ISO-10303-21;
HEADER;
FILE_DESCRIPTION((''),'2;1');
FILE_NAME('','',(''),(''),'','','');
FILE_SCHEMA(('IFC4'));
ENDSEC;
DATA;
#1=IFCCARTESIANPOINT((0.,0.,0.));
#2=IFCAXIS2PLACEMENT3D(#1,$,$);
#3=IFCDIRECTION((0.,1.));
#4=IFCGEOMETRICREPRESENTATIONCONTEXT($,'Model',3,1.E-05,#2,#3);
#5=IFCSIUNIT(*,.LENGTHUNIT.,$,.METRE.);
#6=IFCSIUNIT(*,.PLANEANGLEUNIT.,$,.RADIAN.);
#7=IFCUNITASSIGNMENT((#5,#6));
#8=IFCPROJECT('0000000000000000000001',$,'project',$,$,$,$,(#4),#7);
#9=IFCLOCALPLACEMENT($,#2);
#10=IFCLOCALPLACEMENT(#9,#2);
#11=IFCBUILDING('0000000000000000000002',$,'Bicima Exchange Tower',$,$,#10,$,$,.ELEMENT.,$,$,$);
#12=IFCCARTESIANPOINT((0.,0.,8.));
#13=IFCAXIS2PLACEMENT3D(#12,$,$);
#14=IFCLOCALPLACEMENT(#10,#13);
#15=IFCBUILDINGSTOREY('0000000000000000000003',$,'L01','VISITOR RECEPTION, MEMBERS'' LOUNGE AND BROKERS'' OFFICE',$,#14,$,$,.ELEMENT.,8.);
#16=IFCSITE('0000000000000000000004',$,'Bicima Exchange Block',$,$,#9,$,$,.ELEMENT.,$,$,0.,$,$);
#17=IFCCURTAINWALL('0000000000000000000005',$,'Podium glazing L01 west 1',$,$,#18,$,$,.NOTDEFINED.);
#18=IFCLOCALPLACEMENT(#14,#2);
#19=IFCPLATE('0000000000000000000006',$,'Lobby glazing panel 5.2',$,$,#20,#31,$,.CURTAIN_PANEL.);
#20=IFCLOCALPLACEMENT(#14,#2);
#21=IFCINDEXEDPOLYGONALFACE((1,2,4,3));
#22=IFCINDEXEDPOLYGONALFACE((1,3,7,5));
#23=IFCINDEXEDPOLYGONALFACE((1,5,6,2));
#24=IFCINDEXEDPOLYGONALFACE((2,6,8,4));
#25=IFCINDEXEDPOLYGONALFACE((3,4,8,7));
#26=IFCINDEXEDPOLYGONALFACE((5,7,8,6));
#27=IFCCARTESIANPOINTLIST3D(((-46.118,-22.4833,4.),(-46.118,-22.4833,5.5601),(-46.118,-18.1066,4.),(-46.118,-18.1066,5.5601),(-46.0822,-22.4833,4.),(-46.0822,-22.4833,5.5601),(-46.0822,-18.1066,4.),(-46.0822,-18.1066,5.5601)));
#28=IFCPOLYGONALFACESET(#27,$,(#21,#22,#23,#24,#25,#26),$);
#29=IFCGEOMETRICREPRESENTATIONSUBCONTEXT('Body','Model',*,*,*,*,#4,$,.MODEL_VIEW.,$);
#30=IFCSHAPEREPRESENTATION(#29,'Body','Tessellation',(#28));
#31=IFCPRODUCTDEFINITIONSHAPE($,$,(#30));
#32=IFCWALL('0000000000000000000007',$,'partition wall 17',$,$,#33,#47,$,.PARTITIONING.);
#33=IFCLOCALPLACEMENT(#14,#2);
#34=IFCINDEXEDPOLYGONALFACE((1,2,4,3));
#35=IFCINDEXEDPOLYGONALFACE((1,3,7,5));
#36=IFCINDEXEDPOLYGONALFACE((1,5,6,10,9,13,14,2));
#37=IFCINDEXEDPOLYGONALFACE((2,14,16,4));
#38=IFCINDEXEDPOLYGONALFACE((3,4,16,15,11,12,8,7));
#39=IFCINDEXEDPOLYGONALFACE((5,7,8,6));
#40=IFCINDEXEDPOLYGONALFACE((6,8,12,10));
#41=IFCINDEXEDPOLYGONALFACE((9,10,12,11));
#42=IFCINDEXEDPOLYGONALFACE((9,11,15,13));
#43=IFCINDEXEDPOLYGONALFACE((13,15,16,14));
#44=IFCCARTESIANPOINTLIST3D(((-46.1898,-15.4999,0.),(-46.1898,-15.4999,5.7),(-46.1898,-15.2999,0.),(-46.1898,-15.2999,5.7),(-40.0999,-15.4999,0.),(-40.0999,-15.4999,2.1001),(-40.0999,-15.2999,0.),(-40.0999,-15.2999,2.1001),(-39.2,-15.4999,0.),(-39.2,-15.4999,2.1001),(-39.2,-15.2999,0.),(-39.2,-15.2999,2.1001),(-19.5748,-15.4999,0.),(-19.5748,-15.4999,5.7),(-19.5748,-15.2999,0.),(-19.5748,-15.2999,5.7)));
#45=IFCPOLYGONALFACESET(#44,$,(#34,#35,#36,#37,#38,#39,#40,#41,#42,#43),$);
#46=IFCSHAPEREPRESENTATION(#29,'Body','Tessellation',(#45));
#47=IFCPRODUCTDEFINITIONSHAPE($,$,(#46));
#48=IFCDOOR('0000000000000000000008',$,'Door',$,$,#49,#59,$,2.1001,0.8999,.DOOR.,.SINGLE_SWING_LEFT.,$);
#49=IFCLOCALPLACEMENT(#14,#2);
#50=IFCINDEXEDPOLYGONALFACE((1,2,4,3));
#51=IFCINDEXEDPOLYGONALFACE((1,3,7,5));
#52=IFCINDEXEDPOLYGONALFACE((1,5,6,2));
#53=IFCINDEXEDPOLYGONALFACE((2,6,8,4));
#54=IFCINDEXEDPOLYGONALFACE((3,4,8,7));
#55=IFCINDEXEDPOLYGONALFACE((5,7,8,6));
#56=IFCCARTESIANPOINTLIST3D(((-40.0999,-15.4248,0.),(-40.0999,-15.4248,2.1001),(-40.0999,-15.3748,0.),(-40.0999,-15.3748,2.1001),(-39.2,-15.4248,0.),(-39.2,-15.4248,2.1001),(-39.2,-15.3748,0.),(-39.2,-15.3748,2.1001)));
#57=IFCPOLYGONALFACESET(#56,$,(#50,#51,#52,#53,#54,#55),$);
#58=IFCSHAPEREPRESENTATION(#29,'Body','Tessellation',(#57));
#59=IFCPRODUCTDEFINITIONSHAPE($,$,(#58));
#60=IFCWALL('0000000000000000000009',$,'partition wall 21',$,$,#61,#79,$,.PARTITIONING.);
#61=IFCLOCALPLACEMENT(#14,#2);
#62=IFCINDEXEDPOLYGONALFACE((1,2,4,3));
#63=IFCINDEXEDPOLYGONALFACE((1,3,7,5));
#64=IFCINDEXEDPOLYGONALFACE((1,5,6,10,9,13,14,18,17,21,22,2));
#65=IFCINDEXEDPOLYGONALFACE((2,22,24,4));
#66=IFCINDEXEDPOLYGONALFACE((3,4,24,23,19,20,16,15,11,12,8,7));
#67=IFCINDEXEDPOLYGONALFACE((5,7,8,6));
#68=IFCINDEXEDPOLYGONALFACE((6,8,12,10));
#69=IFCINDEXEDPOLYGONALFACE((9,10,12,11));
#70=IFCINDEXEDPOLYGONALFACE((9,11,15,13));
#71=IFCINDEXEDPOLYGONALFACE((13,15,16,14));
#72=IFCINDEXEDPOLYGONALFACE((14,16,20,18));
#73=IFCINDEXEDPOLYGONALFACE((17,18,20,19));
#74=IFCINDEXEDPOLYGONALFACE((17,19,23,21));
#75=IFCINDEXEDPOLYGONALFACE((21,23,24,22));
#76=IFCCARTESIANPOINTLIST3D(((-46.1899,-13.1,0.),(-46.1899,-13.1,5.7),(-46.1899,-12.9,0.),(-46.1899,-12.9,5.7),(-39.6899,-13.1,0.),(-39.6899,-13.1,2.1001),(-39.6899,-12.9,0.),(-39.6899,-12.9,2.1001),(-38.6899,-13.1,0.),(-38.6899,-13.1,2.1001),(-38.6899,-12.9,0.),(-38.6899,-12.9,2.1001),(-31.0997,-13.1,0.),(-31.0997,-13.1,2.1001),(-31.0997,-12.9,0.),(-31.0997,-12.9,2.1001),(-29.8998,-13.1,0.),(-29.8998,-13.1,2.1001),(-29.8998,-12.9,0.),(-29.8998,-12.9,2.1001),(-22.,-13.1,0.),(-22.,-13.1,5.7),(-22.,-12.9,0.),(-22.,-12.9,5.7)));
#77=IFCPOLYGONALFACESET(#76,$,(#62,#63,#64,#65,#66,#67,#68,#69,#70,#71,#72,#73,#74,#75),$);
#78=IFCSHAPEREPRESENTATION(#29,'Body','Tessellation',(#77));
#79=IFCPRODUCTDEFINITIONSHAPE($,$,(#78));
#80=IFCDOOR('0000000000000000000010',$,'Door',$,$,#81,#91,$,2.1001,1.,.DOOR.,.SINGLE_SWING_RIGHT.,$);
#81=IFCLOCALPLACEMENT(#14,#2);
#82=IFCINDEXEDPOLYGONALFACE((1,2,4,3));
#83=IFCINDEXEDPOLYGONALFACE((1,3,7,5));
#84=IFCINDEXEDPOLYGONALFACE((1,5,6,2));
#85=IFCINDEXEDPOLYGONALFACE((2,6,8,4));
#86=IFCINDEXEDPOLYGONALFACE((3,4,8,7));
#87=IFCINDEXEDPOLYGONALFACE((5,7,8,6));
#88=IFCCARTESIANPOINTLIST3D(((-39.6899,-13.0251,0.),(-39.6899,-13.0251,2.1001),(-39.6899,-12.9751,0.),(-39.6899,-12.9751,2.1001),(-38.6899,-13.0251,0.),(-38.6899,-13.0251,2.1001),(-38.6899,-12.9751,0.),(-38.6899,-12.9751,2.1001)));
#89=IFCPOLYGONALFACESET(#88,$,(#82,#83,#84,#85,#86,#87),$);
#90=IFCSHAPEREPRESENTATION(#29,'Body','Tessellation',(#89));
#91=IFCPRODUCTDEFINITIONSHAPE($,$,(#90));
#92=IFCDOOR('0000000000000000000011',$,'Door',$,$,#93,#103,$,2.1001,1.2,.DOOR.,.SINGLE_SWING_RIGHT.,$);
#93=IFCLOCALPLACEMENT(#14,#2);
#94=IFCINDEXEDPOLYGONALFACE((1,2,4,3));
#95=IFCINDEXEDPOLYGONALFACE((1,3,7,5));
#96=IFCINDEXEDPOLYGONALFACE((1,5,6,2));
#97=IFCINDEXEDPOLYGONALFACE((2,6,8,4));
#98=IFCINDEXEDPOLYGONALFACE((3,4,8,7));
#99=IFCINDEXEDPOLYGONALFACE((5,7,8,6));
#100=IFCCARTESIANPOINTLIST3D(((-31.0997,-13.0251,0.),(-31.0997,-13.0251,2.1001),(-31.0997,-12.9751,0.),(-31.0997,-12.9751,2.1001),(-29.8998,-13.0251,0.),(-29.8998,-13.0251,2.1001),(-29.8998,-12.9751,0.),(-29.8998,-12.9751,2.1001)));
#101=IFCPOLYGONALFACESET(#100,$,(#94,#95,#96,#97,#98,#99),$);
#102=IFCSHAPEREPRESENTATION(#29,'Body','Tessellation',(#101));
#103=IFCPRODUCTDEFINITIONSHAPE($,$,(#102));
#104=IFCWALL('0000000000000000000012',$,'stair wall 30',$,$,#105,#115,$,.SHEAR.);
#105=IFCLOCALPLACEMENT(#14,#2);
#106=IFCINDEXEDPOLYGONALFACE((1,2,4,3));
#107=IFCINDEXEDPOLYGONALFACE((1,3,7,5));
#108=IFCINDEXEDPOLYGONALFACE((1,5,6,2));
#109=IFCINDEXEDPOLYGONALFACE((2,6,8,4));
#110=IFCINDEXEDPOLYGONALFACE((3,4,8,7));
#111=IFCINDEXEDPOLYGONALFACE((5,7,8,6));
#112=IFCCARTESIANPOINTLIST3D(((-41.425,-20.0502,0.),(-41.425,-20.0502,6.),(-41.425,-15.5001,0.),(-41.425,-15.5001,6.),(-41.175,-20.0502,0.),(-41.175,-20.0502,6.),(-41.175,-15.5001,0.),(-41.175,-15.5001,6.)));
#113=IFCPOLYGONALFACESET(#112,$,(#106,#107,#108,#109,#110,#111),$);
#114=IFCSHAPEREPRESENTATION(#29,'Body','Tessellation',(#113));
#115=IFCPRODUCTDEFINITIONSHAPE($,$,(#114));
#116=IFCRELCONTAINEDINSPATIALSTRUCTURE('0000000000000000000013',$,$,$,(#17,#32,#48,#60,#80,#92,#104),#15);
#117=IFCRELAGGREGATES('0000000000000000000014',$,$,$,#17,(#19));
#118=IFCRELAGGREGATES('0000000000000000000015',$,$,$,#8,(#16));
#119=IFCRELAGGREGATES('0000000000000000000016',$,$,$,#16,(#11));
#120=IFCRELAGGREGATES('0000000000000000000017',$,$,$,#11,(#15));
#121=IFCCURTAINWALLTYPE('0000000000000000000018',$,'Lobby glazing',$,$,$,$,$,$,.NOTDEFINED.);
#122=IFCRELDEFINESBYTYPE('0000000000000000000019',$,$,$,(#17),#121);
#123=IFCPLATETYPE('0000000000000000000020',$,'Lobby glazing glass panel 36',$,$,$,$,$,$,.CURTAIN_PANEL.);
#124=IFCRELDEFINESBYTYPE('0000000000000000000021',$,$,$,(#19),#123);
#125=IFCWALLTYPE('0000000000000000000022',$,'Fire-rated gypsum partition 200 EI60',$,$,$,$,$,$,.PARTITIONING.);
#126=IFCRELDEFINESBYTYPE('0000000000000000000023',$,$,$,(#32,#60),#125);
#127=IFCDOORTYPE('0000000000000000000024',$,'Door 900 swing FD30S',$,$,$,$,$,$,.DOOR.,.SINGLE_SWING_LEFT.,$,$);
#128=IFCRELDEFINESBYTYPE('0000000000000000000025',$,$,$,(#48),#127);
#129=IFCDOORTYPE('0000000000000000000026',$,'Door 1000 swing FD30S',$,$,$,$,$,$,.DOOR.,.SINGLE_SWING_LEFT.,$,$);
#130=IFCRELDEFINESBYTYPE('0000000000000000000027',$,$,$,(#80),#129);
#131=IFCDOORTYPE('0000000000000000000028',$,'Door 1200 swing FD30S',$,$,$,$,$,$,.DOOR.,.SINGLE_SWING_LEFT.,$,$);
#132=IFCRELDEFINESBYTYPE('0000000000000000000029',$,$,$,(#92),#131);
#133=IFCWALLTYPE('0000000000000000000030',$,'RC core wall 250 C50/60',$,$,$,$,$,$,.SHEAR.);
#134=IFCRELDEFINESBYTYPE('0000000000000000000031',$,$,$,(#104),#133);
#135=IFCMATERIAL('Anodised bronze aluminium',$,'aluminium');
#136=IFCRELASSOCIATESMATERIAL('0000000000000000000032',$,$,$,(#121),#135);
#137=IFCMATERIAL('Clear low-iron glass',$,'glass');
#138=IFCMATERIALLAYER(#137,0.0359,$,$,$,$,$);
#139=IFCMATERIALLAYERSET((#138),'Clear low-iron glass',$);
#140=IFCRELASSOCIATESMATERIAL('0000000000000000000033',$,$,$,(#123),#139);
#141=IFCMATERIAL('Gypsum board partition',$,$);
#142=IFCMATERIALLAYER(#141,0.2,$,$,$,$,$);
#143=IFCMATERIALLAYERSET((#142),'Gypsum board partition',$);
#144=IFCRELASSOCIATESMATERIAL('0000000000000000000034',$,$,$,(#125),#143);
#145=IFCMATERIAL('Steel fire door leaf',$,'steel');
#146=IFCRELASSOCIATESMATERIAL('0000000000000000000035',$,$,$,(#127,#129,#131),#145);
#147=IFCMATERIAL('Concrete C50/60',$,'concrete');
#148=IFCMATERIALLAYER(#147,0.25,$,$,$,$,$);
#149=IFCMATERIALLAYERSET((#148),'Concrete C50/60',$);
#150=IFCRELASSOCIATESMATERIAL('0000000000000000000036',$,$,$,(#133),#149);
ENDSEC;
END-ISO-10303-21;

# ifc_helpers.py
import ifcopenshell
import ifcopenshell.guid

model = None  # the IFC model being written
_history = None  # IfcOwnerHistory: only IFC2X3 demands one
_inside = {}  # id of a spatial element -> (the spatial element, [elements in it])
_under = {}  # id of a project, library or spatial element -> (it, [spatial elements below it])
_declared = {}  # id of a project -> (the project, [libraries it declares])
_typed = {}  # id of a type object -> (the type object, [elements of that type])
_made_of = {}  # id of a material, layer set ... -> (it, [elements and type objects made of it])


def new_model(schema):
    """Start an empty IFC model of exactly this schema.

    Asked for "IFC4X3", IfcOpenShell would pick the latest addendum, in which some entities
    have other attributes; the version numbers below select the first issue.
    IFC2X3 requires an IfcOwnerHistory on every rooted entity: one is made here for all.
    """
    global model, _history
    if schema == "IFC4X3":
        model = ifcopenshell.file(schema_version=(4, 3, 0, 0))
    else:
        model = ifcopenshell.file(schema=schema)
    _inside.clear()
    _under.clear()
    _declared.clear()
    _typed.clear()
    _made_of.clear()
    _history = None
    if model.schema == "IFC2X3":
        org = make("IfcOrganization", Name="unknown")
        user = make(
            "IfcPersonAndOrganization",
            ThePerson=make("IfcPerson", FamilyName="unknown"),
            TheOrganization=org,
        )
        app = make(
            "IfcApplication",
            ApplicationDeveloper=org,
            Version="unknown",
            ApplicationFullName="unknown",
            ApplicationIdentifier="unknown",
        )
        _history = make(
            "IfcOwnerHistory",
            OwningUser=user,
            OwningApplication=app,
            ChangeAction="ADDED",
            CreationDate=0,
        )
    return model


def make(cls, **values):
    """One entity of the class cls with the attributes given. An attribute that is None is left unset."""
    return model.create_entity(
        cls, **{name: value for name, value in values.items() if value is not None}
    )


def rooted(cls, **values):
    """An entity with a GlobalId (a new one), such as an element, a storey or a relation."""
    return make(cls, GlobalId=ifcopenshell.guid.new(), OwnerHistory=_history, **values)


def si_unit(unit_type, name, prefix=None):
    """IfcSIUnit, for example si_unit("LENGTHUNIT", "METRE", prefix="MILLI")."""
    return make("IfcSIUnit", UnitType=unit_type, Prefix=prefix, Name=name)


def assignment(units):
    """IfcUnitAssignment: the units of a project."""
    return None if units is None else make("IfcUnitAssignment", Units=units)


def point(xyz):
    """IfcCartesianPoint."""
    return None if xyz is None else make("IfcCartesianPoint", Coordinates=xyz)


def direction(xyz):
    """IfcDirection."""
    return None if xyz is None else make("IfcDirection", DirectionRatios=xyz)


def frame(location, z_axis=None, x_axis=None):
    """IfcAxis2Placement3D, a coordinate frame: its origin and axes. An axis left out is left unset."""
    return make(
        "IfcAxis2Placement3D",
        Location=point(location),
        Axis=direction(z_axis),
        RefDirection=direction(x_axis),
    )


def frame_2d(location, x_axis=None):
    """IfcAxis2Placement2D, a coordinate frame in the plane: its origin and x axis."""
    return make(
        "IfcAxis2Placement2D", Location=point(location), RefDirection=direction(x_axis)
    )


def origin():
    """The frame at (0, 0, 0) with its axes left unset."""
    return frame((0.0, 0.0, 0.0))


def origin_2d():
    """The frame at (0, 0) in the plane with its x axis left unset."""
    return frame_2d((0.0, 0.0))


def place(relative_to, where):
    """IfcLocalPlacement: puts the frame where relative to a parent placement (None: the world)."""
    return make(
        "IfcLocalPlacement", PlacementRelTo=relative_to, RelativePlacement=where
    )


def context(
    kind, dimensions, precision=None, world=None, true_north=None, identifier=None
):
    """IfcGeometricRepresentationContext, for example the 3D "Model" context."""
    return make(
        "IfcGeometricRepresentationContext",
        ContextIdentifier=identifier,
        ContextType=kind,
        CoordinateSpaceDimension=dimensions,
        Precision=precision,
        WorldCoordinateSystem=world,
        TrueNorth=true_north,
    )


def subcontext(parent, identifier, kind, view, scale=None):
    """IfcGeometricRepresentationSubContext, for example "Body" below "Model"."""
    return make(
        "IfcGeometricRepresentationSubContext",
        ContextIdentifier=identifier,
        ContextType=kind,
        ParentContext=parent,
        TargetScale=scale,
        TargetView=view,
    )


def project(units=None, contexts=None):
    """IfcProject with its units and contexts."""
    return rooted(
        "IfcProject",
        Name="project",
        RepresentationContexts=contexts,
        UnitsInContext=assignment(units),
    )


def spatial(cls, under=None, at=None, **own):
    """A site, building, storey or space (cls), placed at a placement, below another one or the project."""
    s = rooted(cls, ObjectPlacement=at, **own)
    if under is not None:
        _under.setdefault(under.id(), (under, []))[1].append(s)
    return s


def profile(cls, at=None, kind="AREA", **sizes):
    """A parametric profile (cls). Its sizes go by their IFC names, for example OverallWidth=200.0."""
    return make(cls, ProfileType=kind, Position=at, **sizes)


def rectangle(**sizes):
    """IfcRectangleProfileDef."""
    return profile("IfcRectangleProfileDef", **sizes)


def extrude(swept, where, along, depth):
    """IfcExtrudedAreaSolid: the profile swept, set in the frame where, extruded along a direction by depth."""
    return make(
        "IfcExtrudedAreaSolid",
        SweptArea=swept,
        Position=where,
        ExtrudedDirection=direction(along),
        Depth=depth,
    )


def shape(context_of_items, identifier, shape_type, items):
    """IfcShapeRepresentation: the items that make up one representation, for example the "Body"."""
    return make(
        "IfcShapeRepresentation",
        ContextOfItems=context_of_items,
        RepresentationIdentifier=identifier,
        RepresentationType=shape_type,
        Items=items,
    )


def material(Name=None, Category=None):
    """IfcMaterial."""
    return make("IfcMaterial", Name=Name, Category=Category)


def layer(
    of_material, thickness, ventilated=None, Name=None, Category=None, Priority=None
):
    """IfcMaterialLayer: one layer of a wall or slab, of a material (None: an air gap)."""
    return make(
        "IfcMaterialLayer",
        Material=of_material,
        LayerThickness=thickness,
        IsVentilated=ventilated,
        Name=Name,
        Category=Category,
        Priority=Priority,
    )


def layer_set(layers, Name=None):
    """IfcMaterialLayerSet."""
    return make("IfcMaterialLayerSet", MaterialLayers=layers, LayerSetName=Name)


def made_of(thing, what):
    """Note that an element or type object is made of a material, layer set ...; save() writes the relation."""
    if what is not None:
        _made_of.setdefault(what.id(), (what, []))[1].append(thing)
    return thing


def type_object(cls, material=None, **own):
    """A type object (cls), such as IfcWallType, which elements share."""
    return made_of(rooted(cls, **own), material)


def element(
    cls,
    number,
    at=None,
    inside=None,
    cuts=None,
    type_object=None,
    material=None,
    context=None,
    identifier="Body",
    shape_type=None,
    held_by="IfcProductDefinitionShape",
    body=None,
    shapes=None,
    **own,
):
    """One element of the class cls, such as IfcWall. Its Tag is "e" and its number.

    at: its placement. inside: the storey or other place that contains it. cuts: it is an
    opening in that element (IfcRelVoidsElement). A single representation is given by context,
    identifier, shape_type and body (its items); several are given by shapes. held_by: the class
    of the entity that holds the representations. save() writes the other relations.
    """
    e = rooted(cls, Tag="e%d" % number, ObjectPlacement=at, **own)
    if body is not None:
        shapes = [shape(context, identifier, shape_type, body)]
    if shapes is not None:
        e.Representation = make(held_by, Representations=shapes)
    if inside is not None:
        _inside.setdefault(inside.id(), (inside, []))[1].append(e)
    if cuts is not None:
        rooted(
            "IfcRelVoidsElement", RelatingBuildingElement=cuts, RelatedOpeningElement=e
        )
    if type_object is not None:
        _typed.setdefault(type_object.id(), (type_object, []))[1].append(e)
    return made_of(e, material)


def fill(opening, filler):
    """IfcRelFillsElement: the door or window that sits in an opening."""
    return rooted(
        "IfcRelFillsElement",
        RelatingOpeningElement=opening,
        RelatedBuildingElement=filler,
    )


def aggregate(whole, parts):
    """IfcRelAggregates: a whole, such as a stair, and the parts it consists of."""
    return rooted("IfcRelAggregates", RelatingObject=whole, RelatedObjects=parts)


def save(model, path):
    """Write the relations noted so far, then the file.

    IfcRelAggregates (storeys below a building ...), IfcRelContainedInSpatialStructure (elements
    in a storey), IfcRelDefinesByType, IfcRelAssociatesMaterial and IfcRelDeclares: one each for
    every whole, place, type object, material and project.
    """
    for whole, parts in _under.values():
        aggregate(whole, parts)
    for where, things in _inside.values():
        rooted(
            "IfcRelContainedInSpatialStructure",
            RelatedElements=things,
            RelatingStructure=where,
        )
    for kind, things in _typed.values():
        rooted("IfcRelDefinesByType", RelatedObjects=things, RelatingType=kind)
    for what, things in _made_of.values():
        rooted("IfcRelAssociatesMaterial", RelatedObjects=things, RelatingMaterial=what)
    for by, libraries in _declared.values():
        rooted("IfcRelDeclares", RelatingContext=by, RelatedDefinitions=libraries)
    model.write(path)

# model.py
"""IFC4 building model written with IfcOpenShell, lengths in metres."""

from ifc_helpers import new_model, si_unit, direction, frame, frame_2d, origin, origin_2d, place, context, subcontext, project, spatial, rectangle, extrude, material, layer, layer_set, type_object, element, fill, aggregate, save


model = new_model("IFC4")

# Units and contexts
model_context = context("Model", 3, precision=1e-05, world=origin(), true_north=direction((0.0, 1.0)))
body_context = subcontext(model_context, "Body", "Model", "MODEL_VIEW")
ifc_project = project(units=[si_unit("LENGTHUNIT", "METRE"), si_unit("PLANEANGLEUNIT", "RADIAN")], contexts=[model_context])

# Site, building, storey
site_placement = place(None, origin())
site = spatial("IfcSite", under=ifc_project, at=site_placement, Name="Bicima Exchange Block", CompositionType="ELEMENT", RefElevation=0.0)
building_placement = place(site_placement, origin())
building = spatial("IfcBuilding", under=site, at=building_placement, Name="Bicima Exchange Tower", CompositionType="ELEMENT")
storey_placement = place(building_placement, frame((0.0, 0.0, 8.0)))
storey = spatial("IfcBuildingStorey", under=building, at=storey_placement, Name="L01", Description="VISITOR RECEPTION, MEMBERS' LOUNGE AND BROKERS' OFFICE", CompositionType="ELEMENT", Elevation=8.0)

# Curtain wall, plate
ifc_material_1 = material(Name="Anodised bronze aluminium", Category="aluminium")
curtain_wall_type = type_object("IfcCurtainWallType", Name="Lobby glazing", PredefinedType="NOTDEFINED", material=ifc_material_1)
curtain_wall_placement = place(storey_placement, origin())
curtain_wall = element("IfcCurtainWall", 1, at=curtain_wall_placement, inside=storey, type_object=curtain_wall_type, Name="Podium glazing L01 west 1", PredefinedType="NOTDEFINED")
ifc_material_2 = material(Name="Clear low-iron glass", Category="glass")
ifc_layer_1 = layer(ifc_material_2, 0.0359)
ifc_layer_set_1 = layer_set([ifc_layer_1], Name="Clear low-iron glass")
plate_type = type_object("IfcPlateType", Name="Lobby glazing glass panel 36", PredefinedType="CURTAIN_PANEL", material=ifc_layer_set_1)
plate_1_placement = place(storey_placement, frame((-46.1001, -20.2949, 4.0), z_axis=(0.0, 0.0, 1.0), x_axis=(0.0, -1.0, 0.0)))
plate_1 = element("IfcPlate", 2, at=plate_1_placement, type_object=plate_type, Name="Lobby glazing panel 5.2", PredefinedType="CURTAIN_PANEL", context=body_context, shape_type="SweptSolid", body=[
    extrude(rectangle(XDim=4.3767, YDim=0.0359, at=origin_2d()), origin(), (0.0, 0.0, 1.0), 1.5601),
])
aggregate(curtain_wall, [plate_1])

# Wall, opening, door
ifc_material_3 = material(Name="Gypsum board partition")
ifc_layer_2 = layer(ifc_material_3, 0.2)
ifc_layer_set_2 = layer_set([ifc_layer_2], Name="Gypsum board partition")
wall_type_1 = type_object("IfcWallType", Name="Fire-rated gypsum partition 200 EI60", PredefinedType="PARTITIONING", material=ifc_layer_set_2)
wall_1_placement = place(storey_placement, frame((-46.1899, -15.3999, 0.0), z_axis=(0.0, 0.0, 1.0), x_axis=(1.0, 0.0, 0.0)))
wall_1 = element("IfcWall", 3, at=wall_1_placement, inside=storey, type_object=wall_type_1, Name="partition wall 17", PredefinedType="PARTITIONING", context=body_context, shape_type="SweptSolid", body=[
    extrude(rectangle(XDim=26.615, YDim=0.2, at=frame_2d((13.3076, 0.0))), origin(), (0.0, 0.0, 1.0), 5.7),
])
opening_1_placement = place(wall_1_placement, frame((6.0901, 0.0, 0.0)))
opening_1 = element("IfcOpeningElement", 4, at=opening_1_placement, cuts=wall_1, PredefinedType="OPENING", context=body_context, shape_type="SweptSolid", body=[
    extrude(rectangle(XDim=0.8999, YDim=2.1001, at=frame_2d((0.45, 1.05))), frame((0.0, 0.1118, 0.0), z_axis=(0.0, -1.0, 0.0), x_axis=(1.0, 0.0, 0.0)), (0.0, 0.0, 1.0), 0.2239),
])
ifc_material_4 = material(Name="Steel fire door leaf", Category="steel")
door_type_1 = type_object("IfcDoorType", Name="Door 900 swing FD30S", OperationType="SINGLE_SWING_LEFT", PredefinedType="DOOR", material=ifc_material_4)
door_1_placement = place(opening_1_placement, frame((0.8999, 0.0, 0.0), z_axis=(0.0, 0.0, 1.0), x_axis=(-1.0, 0.0, 0.0)))
door_1 = element("IfcDoor", 5, at=door_1_placement, inside=storey, type_object=door_type_1, Name="Door", OperationType="SINGLE_SWING_LEFT", OverallHeight=2.1001, OverallWidth=0.8999, PredefinedType="DOOR", context=body_context, shape_type="SweptSolid", body=[
    extrude(rectangle(XDim=0.8999, YDim=2.1001, at=frame_2d((0.45, 1.05))), frame((0.0, 0.0249, 0.0), z_axis=(0.0, -1.0, 0.0), x_axis=(1.0, 0.0, 0.0)), (0.0, 0.0, 1.0), 0.05),
])
fill(opening_1, door_1)

# Wall, openings, doors
wall_2_placement = place(storey_placement, frame((-46.1899, -13.0, 0.0), z_axis=(0.0, 0.0, 1.0), x_axis=(1.0, 0.0, 0.0)))
wall_2 = element("IfcWall", 6, at=wall_2_placement, inside=storey, type_object=wall_type_1, Name="partition wall 21", PredefinedType="PARTITIONING", context=body_context, shape_type="SweptSolid", body=[
    extrude(rectangle(XDim=24.1899, YDim=0.2, at=frame_2d((12.095, 0.0))), origin(), (0.0, 0.0, 1.0), 5.7),
])
opening_2_placement = place(wall_2_placement, frame((15.0901, 0.0, 0.0)))
opening_2 = element("IfcOpeningElement", 7, at=opening_2_placement, cuts=wall_2, PredefinedType="OPENING", context=body_context, shape_type="SweptSolid", body=[
    extrude(rectangle(XDim=1.2, YDim=2.1001, at=frame_2d((0.6001, 1.05))), frame((0.0, 0.1118, 0.0), z_axis=(0.0, -1.0, 0.0), x_axis=(1.0, 0.0, 0.0)), (0.0, 0.0, 1.0), 0.2239),
])
opening_3_placement = place(wall_2_placement, frame((6.5, 0.0, 0.0)))
opening_3 = element("IfcOpeningElement", 8, at=opening_3_placement, cuts=wall_2, PredefinedType="OPENING", context=body_context, shape_type="SweptSolid", body=[
    extrude(rectangle(XDim=1.0, YDim=2.1001, at=frame_2d((0.5, 1.05))), frame((0.0, 0.1118, 0.0), z_axis=(0.0, -1.0, 0.0), x_axis=(1.0, 0.0, 0.0)), (0.0, 0.0, 1.0), 0.2239),
])
door_type_2 = type_object("IfcDoorType", Name="Door 1000 swing FD30S", OperationType="SINGLE_SWING_LEFT", PredefinedType="DOOR", material=ifc_material_4)
door_2_placement = place(opening_3_placement, origin())
door_2 = element("IfcDoor", 9, at=door_2_placement, inside=storey, type_object=door_type_2, Name="Door", OperationType="SINGLE_SWING_RIGHT", OverallHeight=2.1001, OverallWidth=1.0, PredefinedType="DOOR", context=body_context, shape_type="SweptSolid", body=[
    extrude(rectangle(XDim=1.0, YDim=2.1001, at=frame_2d((0.5, 1.05))), frame((0.0, 0.0249, 0.0), z_axis=(0.0, -1.0, 0.0), x_axis=(1.0, 0.0, 0.0)), (0.0, 0.0, 1.0), 0.05),
])
fill(opening_3, door_2)
door_type_3 = type_object("IfcDoorType", Name="Door 1200 swing FD30S", OperationType="SINGLE_SWING_LEFT", PredefinedType="DOOR", material=ifc_material_4)
door_3_placement = place(opening_2_placement, origin())
door_3 = element("IfcDoor", 10, at=door_3_placement, inside=storey, type_object=door_type_3, Name="Door", OperationType="SINGLE_SWING_RIGHT", OverallHeight=2.1001, OverallWidth=1.2, PredefinedType="DOOR", context=body_context, shape_type="SweptSolid", body=[
    extrude(rectangle(XDim=1.2, YDim=2.1001, at=frame_2d((0.6001, 1.05))), frame((0.0, 0.0249, 0.0), z_axis=(0.0, -1.0, 0.0), x_axis=(1.0, 0.0, 0.0)), (0.0, 0.0, 1.0), 0.05),
])
fill(opening_2, door_3)

# Wall
ifc_material_5 = material(Name="Concrete C50/60", Category="concrete")
ifc_layer_3 = layer(ifc_material_5, 0.25)
ifc_layer_set_3 = layer_set([ifc_layer_3], Name="Concrete C50/60")
wall_type_2 = type_object("IfcWallType", Name="RC core wall 250 C50/60", PredefinedType="SHEAR", material=ifc_layer_set_3)
wall_3_placement = place(storey_placement, frame((-41.3, -20.05, 0.0), z_axis=(0.0, 0.0, 1.0), x_axis=(0.0, 1.0, 0.0)))
element("IfcWall", 11, at=wall_3_placement, inside=storey, type_object=wall_type_2, Name="stair wall 30", PredefinedType="SHEAR", context=body_context, shape_type="SweptSolid", body=[
    extrude(rectangle(XDim=4.55, YDim=0.25, at=frame_2d((2.2749, 0.0))), origin(), (0.0, 0.0, 1.0), 6.0),
])

save(model, "model.ifc")
